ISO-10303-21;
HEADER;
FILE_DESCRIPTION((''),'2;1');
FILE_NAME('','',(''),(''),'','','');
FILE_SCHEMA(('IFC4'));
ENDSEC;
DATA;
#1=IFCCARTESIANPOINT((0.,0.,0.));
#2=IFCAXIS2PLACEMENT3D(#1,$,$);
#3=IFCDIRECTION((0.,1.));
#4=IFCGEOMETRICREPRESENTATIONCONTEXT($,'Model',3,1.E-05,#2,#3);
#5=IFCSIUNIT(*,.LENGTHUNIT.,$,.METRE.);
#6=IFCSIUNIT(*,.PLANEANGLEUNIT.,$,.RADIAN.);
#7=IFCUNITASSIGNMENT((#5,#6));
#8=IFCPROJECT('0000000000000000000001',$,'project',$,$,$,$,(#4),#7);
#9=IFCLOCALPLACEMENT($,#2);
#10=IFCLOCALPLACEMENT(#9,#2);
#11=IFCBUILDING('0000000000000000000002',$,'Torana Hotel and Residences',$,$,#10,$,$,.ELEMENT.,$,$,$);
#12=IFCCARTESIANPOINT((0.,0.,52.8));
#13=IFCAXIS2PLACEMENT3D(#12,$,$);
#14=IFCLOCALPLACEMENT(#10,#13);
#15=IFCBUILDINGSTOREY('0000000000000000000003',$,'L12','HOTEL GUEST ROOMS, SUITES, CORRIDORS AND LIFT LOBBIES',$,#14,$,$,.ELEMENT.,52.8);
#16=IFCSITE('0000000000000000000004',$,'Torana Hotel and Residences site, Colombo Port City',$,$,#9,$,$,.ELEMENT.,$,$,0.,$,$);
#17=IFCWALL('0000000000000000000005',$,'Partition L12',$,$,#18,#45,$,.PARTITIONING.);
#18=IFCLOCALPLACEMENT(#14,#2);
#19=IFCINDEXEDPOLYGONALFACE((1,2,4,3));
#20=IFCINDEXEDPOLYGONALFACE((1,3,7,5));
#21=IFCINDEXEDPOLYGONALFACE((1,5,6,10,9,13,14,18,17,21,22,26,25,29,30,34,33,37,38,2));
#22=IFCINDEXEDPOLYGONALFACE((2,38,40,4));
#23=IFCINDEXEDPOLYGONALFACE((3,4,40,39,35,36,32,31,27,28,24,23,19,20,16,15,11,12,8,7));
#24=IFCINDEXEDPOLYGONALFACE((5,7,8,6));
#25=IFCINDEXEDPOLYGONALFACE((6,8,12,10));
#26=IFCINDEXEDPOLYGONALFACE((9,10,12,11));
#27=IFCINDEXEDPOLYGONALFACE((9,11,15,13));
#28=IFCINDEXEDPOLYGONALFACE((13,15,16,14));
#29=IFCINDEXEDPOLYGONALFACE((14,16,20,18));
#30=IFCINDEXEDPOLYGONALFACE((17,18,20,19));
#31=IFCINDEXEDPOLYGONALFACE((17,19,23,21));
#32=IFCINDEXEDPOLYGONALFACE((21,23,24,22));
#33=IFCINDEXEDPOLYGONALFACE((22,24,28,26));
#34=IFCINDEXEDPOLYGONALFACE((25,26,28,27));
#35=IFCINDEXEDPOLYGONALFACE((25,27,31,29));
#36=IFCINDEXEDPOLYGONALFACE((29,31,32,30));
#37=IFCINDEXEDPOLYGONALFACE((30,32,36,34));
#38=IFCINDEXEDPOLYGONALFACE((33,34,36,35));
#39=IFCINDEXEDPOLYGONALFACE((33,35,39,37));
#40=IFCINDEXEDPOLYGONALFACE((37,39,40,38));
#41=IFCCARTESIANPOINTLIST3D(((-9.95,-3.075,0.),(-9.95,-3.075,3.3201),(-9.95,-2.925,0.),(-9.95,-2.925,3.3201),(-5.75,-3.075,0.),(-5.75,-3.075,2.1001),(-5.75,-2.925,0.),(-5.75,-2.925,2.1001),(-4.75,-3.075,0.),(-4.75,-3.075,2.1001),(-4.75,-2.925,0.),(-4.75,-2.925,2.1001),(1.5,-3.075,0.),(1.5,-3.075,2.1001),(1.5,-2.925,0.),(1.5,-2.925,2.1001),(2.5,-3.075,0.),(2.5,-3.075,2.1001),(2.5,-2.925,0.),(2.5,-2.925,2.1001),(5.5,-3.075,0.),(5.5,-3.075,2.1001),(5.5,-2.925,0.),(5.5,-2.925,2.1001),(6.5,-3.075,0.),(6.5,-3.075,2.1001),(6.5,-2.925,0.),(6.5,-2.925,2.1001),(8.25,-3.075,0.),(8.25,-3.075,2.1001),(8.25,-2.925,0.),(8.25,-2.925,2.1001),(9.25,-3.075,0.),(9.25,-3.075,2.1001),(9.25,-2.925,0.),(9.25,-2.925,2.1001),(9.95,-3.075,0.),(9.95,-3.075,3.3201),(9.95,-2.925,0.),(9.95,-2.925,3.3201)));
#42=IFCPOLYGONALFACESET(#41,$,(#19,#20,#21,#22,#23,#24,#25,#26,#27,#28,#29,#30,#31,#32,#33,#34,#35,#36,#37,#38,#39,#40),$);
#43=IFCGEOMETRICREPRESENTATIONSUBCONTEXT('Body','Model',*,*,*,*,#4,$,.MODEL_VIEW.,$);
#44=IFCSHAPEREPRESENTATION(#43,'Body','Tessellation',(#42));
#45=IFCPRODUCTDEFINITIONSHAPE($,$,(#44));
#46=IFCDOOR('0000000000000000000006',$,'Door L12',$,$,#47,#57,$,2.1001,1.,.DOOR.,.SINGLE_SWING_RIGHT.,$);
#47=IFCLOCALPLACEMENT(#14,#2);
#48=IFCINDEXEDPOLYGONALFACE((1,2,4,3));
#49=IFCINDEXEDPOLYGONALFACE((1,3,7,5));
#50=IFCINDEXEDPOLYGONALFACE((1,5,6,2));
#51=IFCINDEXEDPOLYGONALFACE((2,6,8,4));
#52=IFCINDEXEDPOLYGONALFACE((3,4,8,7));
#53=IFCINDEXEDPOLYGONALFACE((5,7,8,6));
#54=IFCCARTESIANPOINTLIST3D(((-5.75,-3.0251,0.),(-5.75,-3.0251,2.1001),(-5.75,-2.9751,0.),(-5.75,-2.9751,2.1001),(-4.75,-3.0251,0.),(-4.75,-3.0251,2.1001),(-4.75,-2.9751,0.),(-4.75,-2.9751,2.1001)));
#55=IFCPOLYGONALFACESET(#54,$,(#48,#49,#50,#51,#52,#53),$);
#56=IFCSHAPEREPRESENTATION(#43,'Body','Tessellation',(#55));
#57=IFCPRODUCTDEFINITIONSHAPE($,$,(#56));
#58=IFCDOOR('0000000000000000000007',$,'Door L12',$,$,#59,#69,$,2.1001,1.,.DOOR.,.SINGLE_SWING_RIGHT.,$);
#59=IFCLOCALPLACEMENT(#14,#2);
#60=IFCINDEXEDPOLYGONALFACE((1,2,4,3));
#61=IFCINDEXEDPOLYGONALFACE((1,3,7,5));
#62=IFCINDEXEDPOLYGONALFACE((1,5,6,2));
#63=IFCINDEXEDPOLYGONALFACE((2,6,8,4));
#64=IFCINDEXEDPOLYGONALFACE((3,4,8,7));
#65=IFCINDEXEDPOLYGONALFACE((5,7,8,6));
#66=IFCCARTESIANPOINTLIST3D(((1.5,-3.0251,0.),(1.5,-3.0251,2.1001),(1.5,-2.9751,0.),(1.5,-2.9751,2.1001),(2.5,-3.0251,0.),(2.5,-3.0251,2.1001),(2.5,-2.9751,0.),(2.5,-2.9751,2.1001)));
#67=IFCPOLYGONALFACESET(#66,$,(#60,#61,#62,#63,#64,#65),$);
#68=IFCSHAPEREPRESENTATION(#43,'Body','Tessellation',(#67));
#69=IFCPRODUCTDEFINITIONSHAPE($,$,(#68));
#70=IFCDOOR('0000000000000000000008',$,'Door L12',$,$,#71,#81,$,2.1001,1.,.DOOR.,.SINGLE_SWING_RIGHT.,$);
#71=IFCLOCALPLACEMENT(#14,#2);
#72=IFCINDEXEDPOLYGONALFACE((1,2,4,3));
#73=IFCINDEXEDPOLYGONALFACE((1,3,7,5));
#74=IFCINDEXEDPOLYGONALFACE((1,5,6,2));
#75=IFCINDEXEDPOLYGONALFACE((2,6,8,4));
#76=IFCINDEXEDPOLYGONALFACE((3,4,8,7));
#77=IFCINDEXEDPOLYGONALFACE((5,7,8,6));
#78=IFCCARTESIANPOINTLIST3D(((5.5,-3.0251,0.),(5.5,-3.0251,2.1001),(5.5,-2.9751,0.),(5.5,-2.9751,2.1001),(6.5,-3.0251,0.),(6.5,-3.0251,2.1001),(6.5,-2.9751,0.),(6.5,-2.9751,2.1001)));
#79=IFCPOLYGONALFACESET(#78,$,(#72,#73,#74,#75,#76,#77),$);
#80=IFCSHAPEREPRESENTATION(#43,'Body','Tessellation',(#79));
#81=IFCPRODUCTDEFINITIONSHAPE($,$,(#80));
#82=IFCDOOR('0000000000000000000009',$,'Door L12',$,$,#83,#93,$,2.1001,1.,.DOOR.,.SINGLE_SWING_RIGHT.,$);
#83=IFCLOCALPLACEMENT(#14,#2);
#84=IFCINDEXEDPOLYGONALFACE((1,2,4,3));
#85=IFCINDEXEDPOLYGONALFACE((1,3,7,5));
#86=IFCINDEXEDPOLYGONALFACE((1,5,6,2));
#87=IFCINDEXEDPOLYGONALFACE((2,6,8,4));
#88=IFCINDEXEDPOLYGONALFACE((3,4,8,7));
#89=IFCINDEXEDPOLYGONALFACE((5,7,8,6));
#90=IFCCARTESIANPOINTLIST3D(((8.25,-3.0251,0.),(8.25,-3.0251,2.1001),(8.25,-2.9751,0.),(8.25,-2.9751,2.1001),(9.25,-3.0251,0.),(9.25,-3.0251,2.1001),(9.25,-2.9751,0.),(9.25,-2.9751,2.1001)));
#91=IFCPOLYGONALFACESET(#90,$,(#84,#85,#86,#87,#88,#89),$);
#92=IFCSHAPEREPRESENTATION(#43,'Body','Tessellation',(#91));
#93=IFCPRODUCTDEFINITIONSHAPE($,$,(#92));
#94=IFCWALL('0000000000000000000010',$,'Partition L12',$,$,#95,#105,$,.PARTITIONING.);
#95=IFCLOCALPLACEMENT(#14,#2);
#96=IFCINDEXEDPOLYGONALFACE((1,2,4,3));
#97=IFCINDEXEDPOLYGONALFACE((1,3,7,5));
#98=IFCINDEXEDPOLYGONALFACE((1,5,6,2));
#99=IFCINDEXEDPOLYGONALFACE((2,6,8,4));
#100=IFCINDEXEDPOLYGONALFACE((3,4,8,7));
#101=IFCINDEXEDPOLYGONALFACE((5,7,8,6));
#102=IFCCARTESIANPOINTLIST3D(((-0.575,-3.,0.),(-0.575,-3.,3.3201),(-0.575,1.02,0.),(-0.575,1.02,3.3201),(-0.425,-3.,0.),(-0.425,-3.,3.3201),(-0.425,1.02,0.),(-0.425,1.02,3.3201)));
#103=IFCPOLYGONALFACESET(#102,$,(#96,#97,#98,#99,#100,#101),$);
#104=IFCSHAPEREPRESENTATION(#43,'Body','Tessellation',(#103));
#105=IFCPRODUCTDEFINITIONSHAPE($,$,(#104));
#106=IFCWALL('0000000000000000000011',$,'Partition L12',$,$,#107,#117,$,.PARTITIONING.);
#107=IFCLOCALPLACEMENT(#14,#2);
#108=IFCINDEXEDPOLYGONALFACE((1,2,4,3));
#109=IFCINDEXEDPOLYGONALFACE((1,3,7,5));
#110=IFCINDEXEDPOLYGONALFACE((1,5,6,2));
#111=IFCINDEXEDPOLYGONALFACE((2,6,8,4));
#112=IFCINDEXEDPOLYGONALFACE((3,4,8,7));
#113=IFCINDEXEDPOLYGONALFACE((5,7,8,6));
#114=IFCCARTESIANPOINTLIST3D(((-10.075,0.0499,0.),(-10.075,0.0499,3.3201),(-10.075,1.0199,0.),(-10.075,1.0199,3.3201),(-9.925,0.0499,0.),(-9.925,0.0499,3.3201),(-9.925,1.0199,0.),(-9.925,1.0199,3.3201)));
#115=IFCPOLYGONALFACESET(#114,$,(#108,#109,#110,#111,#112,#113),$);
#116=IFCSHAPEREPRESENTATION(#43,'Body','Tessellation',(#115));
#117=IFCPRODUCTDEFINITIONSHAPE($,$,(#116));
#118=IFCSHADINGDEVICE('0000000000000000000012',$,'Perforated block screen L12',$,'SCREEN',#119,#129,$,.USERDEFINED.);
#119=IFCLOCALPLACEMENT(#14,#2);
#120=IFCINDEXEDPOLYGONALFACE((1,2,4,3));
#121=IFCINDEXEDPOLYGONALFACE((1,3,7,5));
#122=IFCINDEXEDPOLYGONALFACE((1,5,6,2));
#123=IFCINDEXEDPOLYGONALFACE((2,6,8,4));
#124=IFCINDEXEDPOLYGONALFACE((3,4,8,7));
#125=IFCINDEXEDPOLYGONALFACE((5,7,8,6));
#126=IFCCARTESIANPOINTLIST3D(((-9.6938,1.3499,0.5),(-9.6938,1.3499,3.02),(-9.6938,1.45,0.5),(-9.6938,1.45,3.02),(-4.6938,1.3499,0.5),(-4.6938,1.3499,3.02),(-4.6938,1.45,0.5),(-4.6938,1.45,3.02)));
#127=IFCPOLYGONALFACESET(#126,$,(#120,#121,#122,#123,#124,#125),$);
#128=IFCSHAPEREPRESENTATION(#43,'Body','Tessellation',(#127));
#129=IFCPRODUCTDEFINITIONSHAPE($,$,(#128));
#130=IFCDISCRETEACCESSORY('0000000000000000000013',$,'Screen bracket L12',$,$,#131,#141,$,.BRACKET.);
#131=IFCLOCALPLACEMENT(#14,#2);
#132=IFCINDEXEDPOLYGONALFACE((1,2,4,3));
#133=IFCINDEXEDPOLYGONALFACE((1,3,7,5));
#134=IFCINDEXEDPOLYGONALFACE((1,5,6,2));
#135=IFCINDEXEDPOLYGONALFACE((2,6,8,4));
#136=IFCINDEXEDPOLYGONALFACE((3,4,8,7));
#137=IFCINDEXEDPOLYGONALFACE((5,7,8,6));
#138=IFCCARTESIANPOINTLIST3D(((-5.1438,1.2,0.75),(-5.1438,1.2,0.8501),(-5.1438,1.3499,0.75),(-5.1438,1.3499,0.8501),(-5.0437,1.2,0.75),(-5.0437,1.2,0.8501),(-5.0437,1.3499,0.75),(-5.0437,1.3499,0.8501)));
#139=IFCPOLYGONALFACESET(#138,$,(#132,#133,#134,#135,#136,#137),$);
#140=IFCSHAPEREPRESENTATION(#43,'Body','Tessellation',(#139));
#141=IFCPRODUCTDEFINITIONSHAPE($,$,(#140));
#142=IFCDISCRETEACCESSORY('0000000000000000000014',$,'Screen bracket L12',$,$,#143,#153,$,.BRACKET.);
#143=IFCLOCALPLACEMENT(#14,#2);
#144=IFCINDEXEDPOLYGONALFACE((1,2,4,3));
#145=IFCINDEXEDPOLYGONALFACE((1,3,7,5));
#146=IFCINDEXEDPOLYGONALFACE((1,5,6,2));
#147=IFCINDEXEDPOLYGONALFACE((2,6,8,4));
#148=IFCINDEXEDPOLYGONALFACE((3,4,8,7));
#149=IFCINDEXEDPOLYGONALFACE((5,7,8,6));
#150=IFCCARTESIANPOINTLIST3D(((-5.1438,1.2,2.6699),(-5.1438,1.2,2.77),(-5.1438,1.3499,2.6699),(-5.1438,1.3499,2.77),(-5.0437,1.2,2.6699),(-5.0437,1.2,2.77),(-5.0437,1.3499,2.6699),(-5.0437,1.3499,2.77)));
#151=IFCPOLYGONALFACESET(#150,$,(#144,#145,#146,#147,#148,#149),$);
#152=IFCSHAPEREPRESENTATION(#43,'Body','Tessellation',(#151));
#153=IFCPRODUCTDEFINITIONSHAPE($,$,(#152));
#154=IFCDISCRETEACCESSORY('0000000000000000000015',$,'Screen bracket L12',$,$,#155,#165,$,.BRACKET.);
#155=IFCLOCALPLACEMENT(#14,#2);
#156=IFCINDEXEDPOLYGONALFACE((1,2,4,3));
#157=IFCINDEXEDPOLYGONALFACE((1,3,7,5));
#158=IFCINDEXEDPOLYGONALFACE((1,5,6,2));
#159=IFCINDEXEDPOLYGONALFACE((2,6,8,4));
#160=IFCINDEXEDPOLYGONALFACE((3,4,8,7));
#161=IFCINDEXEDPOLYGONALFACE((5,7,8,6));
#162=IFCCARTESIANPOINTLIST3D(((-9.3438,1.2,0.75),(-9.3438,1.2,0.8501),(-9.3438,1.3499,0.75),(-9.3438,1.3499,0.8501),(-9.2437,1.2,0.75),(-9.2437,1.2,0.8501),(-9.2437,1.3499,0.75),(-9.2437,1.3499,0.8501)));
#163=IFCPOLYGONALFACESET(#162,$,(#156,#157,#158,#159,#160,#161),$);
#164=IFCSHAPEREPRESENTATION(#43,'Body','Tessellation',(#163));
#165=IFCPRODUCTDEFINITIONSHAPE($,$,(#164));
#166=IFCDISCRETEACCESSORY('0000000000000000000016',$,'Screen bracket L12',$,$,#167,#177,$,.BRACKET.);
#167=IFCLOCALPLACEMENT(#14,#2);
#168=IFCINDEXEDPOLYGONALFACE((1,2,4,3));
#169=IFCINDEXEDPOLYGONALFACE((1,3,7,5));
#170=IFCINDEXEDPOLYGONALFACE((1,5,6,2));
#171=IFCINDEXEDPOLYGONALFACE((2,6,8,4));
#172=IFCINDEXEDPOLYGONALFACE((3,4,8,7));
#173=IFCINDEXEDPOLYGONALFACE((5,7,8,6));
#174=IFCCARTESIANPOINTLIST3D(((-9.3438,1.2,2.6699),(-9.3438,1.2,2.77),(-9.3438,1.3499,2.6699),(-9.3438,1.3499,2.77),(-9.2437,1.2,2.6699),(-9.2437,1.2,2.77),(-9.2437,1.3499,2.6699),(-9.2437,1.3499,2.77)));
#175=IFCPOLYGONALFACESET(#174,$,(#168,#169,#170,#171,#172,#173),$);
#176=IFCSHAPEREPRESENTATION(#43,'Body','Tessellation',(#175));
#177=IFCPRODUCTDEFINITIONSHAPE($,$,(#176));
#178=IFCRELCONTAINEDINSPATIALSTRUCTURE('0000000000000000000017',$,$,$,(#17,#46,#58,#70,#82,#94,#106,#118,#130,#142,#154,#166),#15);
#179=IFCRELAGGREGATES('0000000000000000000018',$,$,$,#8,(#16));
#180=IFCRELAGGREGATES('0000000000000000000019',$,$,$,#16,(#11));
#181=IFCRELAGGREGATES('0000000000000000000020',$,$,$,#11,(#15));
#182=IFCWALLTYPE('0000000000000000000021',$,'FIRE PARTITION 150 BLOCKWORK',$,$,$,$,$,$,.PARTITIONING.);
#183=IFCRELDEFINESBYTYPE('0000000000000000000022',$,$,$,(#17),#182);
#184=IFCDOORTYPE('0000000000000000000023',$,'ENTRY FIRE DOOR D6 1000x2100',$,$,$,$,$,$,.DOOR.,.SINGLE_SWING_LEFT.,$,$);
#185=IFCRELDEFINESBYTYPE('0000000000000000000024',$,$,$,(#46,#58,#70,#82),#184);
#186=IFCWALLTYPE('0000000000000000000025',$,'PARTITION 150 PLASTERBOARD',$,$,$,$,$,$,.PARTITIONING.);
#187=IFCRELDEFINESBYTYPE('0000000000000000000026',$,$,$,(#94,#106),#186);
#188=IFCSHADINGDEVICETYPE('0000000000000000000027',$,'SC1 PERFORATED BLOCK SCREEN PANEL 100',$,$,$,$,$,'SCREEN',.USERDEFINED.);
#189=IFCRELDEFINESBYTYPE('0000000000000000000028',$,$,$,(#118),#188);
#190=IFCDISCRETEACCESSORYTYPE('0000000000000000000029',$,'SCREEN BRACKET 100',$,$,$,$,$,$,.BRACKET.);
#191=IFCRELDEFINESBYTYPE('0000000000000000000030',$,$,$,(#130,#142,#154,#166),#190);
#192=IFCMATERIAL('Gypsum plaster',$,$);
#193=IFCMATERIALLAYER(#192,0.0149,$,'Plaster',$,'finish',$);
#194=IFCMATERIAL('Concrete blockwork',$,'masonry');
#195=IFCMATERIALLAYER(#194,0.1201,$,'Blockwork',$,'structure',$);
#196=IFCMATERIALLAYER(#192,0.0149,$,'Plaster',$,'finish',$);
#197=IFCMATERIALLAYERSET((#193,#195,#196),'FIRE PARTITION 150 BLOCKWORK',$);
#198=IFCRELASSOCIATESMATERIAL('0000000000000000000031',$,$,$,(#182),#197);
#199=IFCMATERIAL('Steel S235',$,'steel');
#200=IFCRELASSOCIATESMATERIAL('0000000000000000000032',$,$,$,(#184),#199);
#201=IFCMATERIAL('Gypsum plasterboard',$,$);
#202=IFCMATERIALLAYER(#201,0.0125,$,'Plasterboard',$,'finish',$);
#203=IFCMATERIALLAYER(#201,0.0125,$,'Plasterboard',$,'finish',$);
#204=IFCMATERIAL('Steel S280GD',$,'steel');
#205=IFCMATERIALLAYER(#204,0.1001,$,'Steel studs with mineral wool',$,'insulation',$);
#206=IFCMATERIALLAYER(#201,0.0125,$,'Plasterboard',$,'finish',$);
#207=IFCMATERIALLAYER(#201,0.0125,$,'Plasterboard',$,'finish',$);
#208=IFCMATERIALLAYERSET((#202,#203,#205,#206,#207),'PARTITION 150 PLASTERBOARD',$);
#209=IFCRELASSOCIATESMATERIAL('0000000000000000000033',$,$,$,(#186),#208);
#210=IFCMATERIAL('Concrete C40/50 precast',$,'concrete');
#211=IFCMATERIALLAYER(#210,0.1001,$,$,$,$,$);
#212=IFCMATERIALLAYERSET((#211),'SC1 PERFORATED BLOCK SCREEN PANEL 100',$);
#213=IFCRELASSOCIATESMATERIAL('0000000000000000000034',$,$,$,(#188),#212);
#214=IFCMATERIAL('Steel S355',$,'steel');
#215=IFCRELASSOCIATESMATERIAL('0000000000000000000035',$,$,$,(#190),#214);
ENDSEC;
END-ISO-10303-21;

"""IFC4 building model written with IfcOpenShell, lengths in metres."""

from ifc_helpers import new_model, si_unit, direction, frame, frame_2d, origin, origin_2d, place, context, subcontext, project, spatial, rectangle, extrude, material, layer, layer_set, type_object, element, fill, save


model = new_model("IFC4")

# Units and contexts
model_context = context("Model", 3, precision=1e-05, world=origin(), true_north=direction((0.0, 1.0)))
body_context = subcontext(model_context, "Body", "Model", "MODEL_VIEW")
ifc_project = project(units=[si_unit("LENGTHUNIT", "METRE"), si_unit("PLANEANGLEUNIT", "RADIAN")], contexts=[model_context])

# Site, building, storey
site_placement = place(None, origin())
site = spatial("IfcSite", under=ifc_project, at=site_placement, Name="Torana Hotel and Residences site, Colombo Port City", CompositionType="ELEMENT", RefElevation=0.0)
building_placement = place(site_placement, origin())
building = spatial("IfcBuilding", under=site, at=building_placement, Name="Torana Hotel and Residences", CompositionType="ELEMENT")
storey_placement = place(building_placement, frame((0.0, 0.0, 52.8)))
storey = spatial("IfcBuildingStorey", under=building, at=storey_placement, Name="L12", Description="HOTEL GUEST ROOMS, SUITES, CORRIDORS AND LIFT LOBBIES", CompositionType="ELEMENT", Elevation=52.8)

# Shared definitions
ifc_material_1 = material(Name="Gypsum plaster")
ifc_layer_1 = layer(ifc_material_1, 0.0149, Name="Plaster", Category="finish")
ifc_material_2 = material(Name="Concrete blockwork", Category="masonry")
ifc_layer_2 = layer(ifc_material_2, 0.1201, Name="Blockwork", Category="structure")
ifc_layer_3 = layer(ifc_material_1, 0.0149, Name="Plaster", Category="finish")
ifc_layer_set_1 = layer_set([ifc_layer_1, ifc_layer_2, ifc_layer_3], Name="FIRE PARTITION 150 BLOCKWORK")
wall_type_1 = type_object("IfcWallType", Name="FIRE PARTITION 150 BLOCKWORK", PredefinedType="PARTITIONING", material=ifc_layer_set_1)

# Wall, openings, doors
ifc_material_3 = material(Name="Steel S235", Category="steel")
door_type = type_object("IfcDoorType", Name="ENTRY FIRE DOOR D6 1000x2100", OperationType="SINGLE_SWING_LEFT", PredefinedType="DOOR", material=ifc_material_3)
wall_1_placement = place(storey_placement, frame((-9.95, -3.0, 0.0), z_axis=(0.0, 0.0, 1.0), x_axis=(1.0, 0.0, 0.0)))
wall_1 = element("IfcWall", 1, at=wall_1_placement, inside=storey, type_object=wall_type_1, Name="Partition L12", PredefinedType="PARTITIONING", context=body_context, shape_type="SweptSolid", body=[
    extrude(rectangle(XDim=19.8999, YDim=0.1499, at=frame_2d((9.95, 0.0))), origin(), (0.0, 0.0, 1.0), 3.3201),
])
opening_1_placement = place(wall_1_placement, frame((4.2, 0.0, 0.0)))
opening_1 = element("IfcOpeningElement", 2, at=opening_1_placement, cuts=wall_1, PredefinedType="OPENING", context=body_context, shape_type="SweptSolid", body=[
    extrude(rectangle(XDim=1.0, YDim=2.1001, at=frame_2d((0.5, 1.05))), frame((0.0, 0.085, 0.0), z_axis=(0.0, -1.0, 0.0), x_axis=(1.0, 0.0, 0.0)), (0.0, 0.0, 1.0), 0.1699),
])
opening_2_placement = place(wall_1_placement, frame((11.45, 0.0, 0.0)))
opening_2 = element("IfcOpeningElement", 3, at=opening_2_placement, cuts=wall_1, PredefinedType="OPENING", context=body_context, shape_type="SweptSolid", body=[
    extrude(rectangle(XDim=1.0, YDim=2.1001, at=frame_2d((0.5, 1.05))), frame((0.0, 0.085, 0.0), z_axis=(0.0, -1.0, 0.0), x_axis=(1.0, 0.0, 0.0)), (0.0, 0.0, 1.0), 0.1699),
])
opening_3_placement = place(wall_1_placement, frame((15.45, 0.0, 0.0)))
opening_3 = element("IfcOpeningElement", 4, at=opening_3_placement, cuts=wall_1, PredefinedType="OPENING", context=body_context, shape_type="SweptSolid", body=[
    extrude(rectangle(XDim=1.0, YDim=2.1001, at=frame_2d((0.5, 1.05))), frame((0.0, 0.085, 0.0), z_axis=(0.0, -1.0, 0.0), x_axis=(1.0, 0.0, 0.0)), (0.0, 0.0, 1.0), 0.1699),
])
opening_4_placement = place(wall_1_placement, frame((18.2, 0.0, 0.0)))
opening_4 = element("IfcOpeningElement", 5, at=opening_4_placement, cuts=wall_1, PredefinedType="OPENING", context=body_context, shape_type="SweptSolid", body=[
    extrude(rectangle(XDim=1.0, YDim=2.1001, at=frame_2d((0.5, 1.05))), frame((0.0, 0.085, 0.0), z_axis=(0.0, -1.0, 0.0), x_axis=(1.0, 0.0, 0.0)), (0.0, 0.0, 1.0), 0.1699),
])
door_1_placement = place(opening_1_placement, origin())
door_1 = element("IfcDoor", 6, at=door_1_placement, inside=storey, type_object=door_type, Name="Door L12", OperationType="SINGLE_SWING_RIGHT", OverallHeight=2.1001, OverallWidth=1.0, PredefinedType="DOOR", context=body_context, shape_type="SweptSolid", body=[
    extrude(rectangle(XDim=1.0, YDim=2.1001, at=frame_2d((0.5, 1.05))), frame((0.0, 0.0249, 0.0), z_axis=(0.0, -1.0, 0.0), x_axis=(1.0, 0.0, 0.0)), (0.0, 0.0, 1.0), 0.05),
])
fill(opening_1, door_1)
door_2_placement = place(opening_2_placement, origin())
door_2 = element("IfcDoor", 7, at=door_2_placement, inside=storey, type_object=door_type, Name="Door L12", OperationType="SINGLE_SWING_RIGHT", OverallHeight=2.1001, OverallWidth=1.0, PredefinedType="DOOR", context=body_context, shape_type="SweptSolid", body=[
    extrude(rectangle(XDim=1.0, YDim=2.1001, at=frame_2d((0.5, 1.05))), frame((0.0, 0.0249, 0.0), z_axis=(0.0, -1.0, 0.0), x_axis=(1.0, 0.0, 0.0)), (0.0, 0.0, 1.0), 0.05),
])
fill(opening_2, door_2)
door_3_placement = place(opening_3_placement, origin())
door_3 = element("IfcDoor", 8, at=door_3_placement, inside=storey, type_object=door_type, Name="Door L12", OperationType="SINGLE_SWING_RIGHT", OverallHeight=2.1001, OverallWidth=1.0, PredefinedType="DOOR", context=body_context, shape_type="SweptSolid", body=[
    extrude(rectangle(XDim=1.0, YDim=2.1001, at=frame_2d((0.5, 1.05))), frame((0.0, 0.0249, 0.0), z_axis=(0.0, -1.0, 0.0), x_axis=(1.0, 0.0, 0.0)), (0.0, 0.0, 1.0), 0.05),
])
fill(opening_3, door_3)
door_4_placement = place(opening_4_placement, origin())
door_4 = element("IfcDoor", 9, at=door_4_placement, inside=storey, type_object=door_type, Name="Door L12", OperationType="SINGLE_SWING_RIGHT", OverallHeight=2.1001, OverallWidth=1.0, PredefinedType="DOOR", context=body_context, shape_type="SweptSolid", body=[
    extrude(rectangle(XDim=1.0, YDim=2.1001, at=frame_2d((0.5, 1.05))), frame((0.0, 0.0249, 0.0), z_axis=(0.0, -1.0, 0.0), x_axis=(1.0, 0.0, 0.0)), (0.0, 0.0, 1.0), 0.05),
])
fill(opening_4, door_4)

# Walls
ifc_material_4 = material(Name="Gypsum plasterboard")
ifc_layer_4 = layer(ifc_material_4, 0.0125, Name="Plasterboard", Category="finish")
ifc_layer_5 = layer(ifc_material_4, 0.0125, Name="Plasterboard", Category="finish")
ifc_material_5 = material(Name="Steel S280GD", Category="steel")
ifc_layer_6 = layer(ifc_material_5, 0.1001, Name="Steel studs with mineral wool", Category="insulation")
ifc_layer_7 = layer(ifc_material_4, 0.0125, Name="Plasterboard", Category="finish")
ifc_layer_8 = layer(ifc_material_4, 0.0125, Name="Plasterboard", Category="finish")
ifc_layer_set_2 = layer_set([ifc_layer_4, ifc_layer_5, ifc_layer_6, ifc_layer_7, ifc_layer_8], Name="PARTITION 150 PLASTERBOARD")
wall_type_2 = type_object("IfcWallType", Name="PARTITION 150 PLASTERBOARD", PredefinedType="PARTITIONING", material=ifc_layer_set_2)
wall_2_placement = place(storey_placement, frame((-0.5, -3.0, 0.0), z_axis=(0.0, 0.0, 1.0), x_axis=(0.0, 1.0, 0.0)))
element("IfcWall", 10, at=wall_2_placement, inside=storey, type_object=wall_type_2, Name="Partition L12", PredefinedType="PARTITIONING", context=body_context, shape_type="SweptSolid", body=[
    extrude(rectangle(XDim=4.02, YDim=0.1499, at=frame_2d((2.01, 0.0))), origin(), (0.0, 0.0, 1.0), 3.3201),
])
wall_3_placement = place(storey_placement, frame((-10.0, 0.05, 0.0), z_axis=(0.0, 0.0, 1.0), x_axis=(0.0, 1.0, 0.0)))
element("IfcWall", 11, at=wall_3_placement, inside=storey, type_object=wall_type_2, Name="Partition L12", PredefinedType="PARTITIONING", context=body_context, shape_type="SweptSolid", body=[
    extrude(rectangle(XDim=0.97, YDim=0.1499, at=frame_2d((0.4849, 0.0))), origin(), (0.0, 0.0, 1.0), 3.3201),
])

# Shading device
ifc_material_6 = material(Name="Concrete C40/50 precast", Category="concrete")
ifc_layer_9 = layer(ifc_material_6, 0.1001)
ifc_layer_set_3 = layer_set([ifc_layer_9], Name="SC1 PERFORATED BLOCK SCREEN PANEL 100")
shading_device_type = type_object("IfcShadingDeviceType", Name="SC1 PERFORATED BLOCK SCREEN PANEL 100", ElementType="SCREEN", PredefinedType="USERDEFINED", material=ifc_layer_set_3)
shading_device_placement = place(storey_placement, frame((-7.1938, 1.3999, 0.5), z_axis=(0.0, 0.0, 1.0), x_axis=(-1.0, 0.0, 0.0)))
element("IfcShadingDevice", 12, at=shading_device_placement, inside=storey, type_object=shading_device_type, Name="Perforated block screen L12", ObjectType="SCREEN", PredefinedType="USERDEFINED", context=body_context, shape_type="SweptSolid", body=[
    extrude(rectangle(XDim=5.0, YDim=0.1001, at=origin_2d()), origin(), (0.0, 0.0, 1.0), 2.52),
])

# Discrete accessories
ifc_material_7 = material(Name="Steel S355", Category="steel")
discrete_accessory_type = type_object("IfcDiscreteAccessoryType", Name="SCREEN BRACKET 100", PredefinedType="BRACKET", material=ifc_material_7)
for number, where, z_axis, x_axis, name in (
    (13, (-5.0938, 1.2749, 0.75), (0.0, 0.0, 1.0), (-1.0, 0.0, 0.0), "Screen bracket L12"),
    (14, (-5.0938, 1.2749, 2.6699), (0.0, 0.0, 1.0), (-1.0, 0.0, 0.0), "Screen bracket L12"),
    (15, (-9.2937, 1.2749, 0.75), (0.0, 0.0, 1.0), (-1.0, 0.0, 0.0), "Screen bracket L12"),
    (16, (-9.2937, 1.2749, 2.6699), (0.0, 0.0, 1.0), (-1.0, 0.0, 0.0), "Screen bracket L12"),
):
    element("IfcDiscreteAccessory", number, at=place(storey_placement, frame(where, z_axis=z_axis, x_axis=x_axis)), inside=storey, type_object=discrete_accessory_type, Name=name, PredefinedType="BRACKET", context=body_context, shape_type="SweptSolid", body=[
        extrude(rectangle(XDim=0.1001, YDim=0.1499, at=origin_2d()), origin(), (0.0, 0.0, 1.0), 0.1001),
    ])

save(model, "model.ifc")
